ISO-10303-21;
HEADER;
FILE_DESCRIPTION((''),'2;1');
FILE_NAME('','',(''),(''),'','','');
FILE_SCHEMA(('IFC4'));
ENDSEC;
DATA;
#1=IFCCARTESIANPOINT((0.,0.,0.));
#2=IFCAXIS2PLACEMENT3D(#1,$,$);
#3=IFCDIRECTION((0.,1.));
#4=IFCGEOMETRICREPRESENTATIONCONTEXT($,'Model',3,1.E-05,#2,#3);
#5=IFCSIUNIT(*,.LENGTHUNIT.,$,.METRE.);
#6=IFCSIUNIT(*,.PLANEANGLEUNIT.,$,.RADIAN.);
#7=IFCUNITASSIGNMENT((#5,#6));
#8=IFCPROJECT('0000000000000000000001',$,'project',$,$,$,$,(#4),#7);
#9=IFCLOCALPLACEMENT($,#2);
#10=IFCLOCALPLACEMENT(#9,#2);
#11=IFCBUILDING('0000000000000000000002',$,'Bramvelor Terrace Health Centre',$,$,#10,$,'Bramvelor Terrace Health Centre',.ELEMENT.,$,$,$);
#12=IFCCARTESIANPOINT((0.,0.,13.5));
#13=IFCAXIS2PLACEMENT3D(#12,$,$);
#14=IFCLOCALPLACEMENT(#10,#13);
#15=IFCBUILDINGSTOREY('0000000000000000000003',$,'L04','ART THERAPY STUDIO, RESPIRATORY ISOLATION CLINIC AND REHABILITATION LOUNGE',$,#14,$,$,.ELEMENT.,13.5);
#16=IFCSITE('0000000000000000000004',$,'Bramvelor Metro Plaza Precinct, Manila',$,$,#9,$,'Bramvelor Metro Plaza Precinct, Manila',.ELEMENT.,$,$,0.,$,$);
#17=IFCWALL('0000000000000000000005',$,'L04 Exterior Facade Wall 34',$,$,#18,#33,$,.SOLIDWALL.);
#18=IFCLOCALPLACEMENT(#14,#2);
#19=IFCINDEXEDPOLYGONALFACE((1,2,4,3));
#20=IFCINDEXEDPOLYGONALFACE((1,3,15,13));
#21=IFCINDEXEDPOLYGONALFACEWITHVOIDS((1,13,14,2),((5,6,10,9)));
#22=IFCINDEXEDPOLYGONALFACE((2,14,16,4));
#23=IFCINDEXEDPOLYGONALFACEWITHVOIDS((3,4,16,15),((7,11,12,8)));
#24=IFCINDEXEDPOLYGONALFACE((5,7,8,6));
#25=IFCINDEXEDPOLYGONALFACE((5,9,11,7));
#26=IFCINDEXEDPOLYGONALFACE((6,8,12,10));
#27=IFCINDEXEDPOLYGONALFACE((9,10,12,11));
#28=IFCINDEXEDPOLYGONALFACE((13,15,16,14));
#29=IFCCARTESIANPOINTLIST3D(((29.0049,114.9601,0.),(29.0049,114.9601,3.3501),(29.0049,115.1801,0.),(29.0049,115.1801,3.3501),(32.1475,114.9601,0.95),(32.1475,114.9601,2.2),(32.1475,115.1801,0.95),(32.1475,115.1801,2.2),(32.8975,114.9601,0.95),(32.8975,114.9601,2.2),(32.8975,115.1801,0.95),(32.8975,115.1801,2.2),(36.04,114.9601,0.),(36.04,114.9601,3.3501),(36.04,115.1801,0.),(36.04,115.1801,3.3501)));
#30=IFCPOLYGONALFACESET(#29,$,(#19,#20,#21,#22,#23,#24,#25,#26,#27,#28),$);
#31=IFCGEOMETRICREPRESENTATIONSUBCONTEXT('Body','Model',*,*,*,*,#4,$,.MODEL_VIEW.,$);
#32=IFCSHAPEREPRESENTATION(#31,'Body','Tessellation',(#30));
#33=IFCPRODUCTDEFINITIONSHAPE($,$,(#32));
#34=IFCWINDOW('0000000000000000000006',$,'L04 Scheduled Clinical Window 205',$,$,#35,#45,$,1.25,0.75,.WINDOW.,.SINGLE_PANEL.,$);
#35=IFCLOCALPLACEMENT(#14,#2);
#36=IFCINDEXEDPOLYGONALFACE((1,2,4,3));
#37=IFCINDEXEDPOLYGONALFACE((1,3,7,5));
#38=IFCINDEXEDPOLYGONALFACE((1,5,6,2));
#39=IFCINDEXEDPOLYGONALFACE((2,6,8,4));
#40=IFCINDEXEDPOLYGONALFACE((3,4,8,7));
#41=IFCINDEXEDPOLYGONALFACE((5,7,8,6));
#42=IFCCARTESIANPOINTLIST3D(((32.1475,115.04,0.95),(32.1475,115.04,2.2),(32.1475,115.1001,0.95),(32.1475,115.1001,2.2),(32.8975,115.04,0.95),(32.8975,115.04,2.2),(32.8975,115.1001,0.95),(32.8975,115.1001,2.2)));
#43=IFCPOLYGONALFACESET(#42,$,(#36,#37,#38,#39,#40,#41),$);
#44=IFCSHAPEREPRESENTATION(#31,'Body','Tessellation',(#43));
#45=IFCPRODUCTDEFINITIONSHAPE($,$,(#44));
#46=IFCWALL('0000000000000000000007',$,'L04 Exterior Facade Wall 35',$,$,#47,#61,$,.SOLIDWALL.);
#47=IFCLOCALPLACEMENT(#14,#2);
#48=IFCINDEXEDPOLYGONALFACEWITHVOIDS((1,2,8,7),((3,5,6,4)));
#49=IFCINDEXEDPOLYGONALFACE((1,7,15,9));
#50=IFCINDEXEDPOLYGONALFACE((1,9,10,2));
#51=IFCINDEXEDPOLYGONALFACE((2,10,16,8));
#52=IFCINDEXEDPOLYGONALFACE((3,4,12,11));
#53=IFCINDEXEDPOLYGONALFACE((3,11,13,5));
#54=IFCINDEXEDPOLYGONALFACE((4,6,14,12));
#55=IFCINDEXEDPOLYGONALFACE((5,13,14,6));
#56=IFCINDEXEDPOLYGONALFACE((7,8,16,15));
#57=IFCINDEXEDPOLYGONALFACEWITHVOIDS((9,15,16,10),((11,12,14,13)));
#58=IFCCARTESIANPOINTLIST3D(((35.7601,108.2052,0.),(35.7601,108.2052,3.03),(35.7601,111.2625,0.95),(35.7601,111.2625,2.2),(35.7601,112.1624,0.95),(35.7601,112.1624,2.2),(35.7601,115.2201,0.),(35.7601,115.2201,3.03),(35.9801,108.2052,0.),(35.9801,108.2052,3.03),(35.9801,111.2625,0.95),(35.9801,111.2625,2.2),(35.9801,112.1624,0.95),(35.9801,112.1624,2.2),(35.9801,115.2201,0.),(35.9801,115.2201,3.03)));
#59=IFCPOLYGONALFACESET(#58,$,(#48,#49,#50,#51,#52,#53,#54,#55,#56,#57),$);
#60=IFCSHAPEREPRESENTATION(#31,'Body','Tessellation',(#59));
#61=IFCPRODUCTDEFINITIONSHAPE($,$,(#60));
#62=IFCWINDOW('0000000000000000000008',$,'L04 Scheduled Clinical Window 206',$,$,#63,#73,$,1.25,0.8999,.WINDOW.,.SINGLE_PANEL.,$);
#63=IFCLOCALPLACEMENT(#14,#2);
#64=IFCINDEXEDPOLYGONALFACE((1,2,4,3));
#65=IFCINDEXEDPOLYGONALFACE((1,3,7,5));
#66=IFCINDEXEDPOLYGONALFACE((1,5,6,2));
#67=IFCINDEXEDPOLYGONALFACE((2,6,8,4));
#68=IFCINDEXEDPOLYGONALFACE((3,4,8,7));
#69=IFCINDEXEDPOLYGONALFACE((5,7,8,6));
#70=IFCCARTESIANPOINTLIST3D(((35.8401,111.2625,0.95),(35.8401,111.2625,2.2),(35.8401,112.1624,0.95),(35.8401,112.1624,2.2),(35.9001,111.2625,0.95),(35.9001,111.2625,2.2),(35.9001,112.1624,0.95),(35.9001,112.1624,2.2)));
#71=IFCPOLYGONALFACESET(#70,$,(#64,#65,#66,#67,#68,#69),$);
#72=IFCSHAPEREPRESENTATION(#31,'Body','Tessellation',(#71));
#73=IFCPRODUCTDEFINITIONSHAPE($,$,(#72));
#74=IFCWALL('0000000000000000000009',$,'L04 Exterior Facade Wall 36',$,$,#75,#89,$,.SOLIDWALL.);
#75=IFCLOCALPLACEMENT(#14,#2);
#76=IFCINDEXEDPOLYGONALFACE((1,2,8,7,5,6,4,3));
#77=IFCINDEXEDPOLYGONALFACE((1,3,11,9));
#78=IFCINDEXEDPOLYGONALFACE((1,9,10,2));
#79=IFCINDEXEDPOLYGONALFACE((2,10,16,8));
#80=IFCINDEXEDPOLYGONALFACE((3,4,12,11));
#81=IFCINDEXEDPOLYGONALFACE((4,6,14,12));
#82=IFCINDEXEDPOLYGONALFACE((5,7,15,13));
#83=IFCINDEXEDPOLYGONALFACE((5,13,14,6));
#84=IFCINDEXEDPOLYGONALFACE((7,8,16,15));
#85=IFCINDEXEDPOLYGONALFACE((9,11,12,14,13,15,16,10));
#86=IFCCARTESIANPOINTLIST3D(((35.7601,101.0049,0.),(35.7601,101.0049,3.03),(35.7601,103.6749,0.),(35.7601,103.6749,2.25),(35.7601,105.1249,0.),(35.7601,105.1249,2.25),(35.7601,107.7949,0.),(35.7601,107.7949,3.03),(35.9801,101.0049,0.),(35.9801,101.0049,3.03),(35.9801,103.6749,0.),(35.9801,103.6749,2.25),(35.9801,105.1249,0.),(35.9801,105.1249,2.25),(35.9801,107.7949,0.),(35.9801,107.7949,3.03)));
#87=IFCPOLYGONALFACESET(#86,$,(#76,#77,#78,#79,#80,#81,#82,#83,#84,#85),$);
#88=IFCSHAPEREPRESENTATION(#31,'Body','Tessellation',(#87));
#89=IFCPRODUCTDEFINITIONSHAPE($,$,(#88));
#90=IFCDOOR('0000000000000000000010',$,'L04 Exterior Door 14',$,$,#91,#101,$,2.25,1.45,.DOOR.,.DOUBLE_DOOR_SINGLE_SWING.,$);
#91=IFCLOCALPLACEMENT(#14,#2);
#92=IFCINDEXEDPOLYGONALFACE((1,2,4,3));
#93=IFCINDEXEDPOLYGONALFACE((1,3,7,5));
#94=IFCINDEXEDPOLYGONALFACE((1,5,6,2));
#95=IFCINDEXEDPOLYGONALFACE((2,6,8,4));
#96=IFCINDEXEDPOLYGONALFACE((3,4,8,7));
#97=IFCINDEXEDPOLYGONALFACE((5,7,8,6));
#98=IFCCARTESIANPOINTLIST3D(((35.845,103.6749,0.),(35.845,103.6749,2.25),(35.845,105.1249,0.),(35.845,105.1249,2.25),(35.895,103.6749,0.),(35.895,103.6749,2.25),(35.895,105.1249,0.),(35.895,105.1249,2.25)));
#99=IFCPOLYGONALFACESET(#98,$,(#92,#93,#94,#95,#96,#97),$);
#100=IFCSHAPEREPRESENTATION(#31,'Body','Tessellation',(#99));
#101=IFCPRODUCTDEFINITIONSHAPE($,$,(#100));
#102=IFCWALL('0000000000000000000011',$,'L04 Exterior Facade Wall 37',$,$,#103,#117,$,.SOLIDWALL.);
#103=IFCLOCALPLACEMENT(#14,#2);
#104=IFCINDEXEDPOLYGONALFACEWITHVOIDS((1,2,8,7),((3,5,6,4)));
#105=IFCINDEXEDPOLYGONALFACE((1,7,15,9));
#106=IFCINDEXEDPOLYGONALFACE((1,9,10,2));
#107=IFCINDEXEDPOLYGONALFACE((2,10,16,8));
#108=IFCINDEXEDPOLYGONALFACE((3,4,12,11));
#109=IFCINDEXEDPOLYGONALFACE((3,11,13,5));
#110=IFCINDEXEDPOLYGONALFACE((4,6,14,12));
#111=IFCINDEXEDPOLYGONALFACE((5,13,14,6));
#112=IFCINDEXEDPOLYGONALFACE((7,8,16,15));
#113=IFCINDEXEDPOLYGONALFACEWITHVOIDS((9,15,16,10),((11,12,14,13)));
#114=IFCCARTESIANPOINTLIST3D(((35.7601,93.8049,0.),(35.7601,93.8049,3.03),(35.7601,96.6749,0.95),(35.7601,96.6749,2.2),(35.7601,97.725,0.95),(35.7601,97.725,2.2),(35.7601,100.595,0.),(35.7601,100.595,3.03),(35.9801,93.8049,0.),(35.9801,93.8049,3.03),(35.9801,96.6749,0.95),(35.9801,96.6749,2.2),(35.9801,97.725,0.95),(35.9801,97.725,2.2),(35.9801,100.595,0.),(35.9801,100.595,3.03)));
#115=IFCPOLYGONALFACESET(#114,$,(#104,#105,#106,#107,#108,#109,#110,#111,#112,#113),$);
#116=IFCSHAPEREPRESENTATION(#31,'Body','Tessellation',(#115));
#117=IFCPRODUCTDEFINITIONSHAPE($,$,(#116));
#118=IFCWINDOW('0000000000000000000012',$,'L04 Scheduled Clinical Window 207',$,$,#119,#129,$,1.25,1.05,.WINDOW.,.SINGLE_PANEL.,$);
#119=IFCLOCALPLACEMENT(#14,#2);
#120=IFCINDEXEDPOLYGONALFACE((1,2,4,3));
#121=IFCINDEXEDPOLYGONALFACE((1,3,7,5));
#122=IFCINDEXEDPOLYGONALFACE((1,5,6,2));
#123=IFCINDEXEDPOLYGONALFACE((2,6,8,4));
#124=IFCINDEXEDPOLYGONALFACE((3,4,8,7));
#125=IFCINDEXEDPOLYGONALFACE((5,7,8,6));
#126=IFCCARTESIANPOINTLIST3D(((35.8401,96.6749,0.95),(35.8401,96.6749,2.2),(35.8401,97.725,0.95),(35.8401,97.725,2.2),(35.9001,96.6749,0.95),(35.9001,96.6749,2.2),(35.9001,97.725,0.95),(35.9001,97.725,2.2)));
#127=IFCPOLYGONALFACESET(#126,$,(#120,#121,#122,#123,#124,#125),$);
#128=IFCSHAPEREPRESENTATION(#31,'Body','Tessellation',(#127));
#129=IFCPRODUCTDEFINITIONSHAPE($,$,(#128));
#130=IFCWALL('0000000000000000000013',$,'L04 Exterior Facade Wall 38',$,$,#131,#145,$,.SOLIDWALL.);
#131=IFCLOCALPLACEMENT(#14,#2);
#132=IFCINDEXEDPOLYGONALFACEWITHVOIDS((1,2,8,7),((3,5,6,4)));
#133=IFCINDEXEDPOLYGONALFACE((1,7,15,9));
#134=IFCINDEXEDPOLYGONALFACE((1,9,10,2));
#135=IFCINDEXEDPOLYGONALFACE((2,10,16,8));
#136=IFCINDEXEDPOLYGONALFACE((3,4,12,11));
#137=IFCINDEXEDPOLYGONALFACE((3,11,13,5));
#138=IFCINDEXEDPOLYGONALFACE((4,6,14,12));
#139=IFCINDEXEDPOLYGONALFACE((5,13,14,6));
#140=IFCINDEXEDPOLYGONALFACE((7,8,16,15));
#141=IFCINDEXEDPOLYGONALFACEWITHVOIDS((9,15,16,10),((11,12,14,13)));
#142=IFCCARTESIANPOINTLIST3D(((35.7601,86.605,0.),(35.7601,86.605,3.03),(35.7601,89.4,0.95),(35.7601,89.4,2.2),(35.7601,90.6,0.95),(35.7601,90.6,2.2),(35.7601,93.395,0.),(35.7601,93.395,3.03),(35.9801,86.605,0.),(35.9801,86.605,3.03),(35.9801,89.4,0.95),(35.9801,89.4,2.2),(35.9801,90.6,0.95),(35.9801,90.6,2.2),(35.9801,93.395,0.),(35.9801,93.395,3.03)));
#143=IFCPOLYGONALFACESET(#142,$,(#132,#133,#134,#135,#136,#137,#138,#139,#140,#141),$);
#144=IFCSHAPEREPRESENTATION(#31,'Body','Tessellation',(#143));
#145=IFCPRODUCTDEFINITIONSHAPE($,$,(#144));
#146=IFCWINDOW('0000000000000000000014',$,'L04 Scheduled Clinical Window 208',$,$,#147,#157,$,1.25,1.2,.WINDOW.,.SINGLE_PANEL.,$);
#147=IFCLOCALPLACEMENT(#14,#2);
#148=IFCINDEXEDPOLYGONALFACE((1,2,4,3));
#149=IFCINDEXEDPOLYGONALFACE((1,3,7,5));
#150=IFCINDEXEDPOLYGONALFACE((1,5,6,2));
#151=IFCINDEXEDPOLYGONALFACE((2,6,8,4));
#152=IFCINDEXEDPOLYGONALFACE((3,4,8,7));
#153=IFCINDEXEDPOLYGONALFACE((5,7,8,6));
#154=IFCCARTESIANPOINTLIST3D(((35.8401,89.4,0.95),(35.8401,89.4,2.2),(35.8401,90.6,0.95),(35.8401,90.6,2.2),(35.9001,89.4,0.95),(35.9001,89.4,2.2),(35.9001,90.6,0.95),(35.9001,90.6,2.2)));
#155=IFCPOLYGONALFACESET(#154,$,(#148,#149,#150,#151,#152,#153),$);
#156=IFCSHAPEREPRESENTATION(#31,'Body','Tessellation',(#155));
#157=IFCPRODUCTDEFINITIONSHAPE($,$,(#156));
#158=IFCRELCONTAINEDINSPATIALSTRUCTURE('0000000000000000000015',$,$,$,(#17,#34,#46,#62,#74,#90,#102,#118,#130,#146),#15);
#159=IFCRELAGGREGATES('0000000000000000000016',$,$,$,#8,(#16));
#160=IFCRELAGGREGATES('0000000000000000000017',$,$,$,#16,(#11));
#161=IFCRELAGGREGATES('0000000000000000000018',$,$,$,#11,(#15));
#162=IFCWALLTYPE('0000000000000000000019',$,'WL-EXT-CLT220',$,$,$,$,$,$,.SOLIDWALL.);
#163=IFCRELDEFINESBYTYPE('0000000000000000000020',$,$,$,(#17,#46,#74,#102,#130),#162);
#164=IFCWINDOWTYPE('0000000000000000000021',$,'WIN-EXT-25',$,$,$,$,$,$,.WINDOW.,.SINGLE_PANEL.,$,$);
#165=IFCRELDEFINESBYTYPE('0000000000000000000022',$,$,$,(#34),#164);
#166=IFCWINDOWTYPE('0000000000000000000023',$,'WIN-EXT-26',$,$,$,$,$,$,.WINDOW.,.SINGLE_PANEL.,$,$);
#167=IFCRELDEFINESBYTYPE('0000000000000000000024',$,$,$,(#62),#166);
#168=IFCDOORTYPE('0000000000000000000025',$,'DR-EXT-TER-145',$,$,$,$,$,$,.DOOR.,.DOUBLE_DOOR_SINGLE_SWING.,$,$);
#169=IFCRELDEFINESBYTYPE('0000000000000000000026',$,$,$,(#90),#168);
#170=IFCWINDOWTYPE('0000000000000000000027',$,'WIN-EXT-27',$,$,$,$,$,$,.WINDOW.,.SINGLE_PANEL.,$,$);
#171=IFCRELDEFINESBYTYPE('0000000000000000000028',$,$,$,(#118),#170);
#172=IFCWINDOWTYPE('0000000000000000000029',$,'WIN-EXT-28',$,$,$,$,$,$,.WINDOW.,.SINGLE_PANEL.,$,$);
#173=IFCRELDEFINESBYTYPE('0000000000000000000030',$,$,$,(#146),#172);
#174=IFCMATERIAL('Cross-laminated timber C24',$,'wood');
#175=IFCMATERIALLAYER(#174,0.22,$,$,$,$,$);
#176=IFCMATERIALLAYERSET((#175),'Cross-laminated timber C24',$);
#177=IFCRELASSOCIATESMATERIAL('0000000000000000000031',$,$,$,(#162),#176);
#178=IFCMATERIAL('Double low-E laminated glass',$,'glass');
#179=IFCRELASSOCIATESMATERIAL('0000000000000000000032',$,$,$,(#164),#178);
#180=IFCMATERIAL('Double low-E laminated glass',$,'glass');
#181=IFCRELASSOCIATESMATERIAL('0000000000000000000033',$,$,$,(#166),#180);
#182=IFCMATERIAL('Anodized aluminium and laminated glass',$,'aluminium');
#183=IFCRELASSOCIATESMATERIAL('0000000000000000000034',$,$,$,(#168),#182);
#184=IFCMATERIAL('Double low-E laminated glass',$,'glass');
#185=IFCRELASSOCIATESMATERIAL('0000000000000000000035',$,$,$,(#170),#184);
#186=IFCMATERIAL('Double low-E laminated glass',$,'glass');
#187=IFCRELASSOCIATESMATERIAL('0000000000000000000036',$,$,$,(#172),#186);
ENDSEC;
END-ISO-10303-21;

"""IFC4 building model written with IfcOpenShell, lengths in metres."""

from ifc_helpers import new_model, si_unit, direction, frame, frame_2d, origin, place, context, subcontext, project, spatial, rectangle, extrude, material, layer, layer_set, type_object, element, fill, save


model = new_model("IFC4")

# Units and contexts
model_context = context("Model", 3, precision=1e-05, world=origin(), true_north=direction((0.0, 1.0)))
body_context = subcontext(model_context, "Body", "Model", "MODEL_VIEW")
ifc_project = project(units=[si_unit("LENGTHUNIT", "METRE"), si_unit("PLANEANGLEUNIT", "RADIAN")], contexts=[model_context])

# Site, building, storey
site_placement = place(None, origin())
site = spatial("IfcSite", under=ifc_project, at=site_placement, Name="Bramvelor Metro Plaza Precinct, Manila", LongName="Bramvelor Metro Plaza Precinct, Manila", CompositionType="ELEMENT", RefElevation=0.0)
building_placement = place(site_placement, origin())
building = spatial("IfcBuilding", under=site, at=building_placement, Name="Bramvelor Terrace Health Centre", LongName="Bramvelor Terrace Health Centre", CompositionType="ELEMENT")
storey_placement = place(building_placement, frame((0.0, 0.0, 13.5)))
storey = spatial("IfcBuildingStorey", under=building, at=storey_placement, Name="L04", Description="ART THERAPY STUDIO, RESPIRATORY ISOLATION CLINIC AND REHABILITATION LOUNGE", CompositionType="ELEMENT", Elevation=13.5)

# Walls, openings, windows
ifc_material_1 = material(Name="Cross-laminated timber C24", Category="wood")
ifc_layer_1 = layer(ifc_material_1, 0.22)
ifc_layer_set_1 = layer_set([ifc_layer_1], Name="Cross-laminated timber C24")
wall_type_1 = type_object("IfcWallType", Name="WL-EXT-CLT220", PredefinedType="SOLIDWALL", material=ifc_layer_set_1)
wall_1_placement = place(storey_placement, frame((29.0049, 115.0701, 0.0), z_axis=(0.0, 0.0, 1.0), x_axis=(1.0, 0.0, 0.0)))
wall_1 = element("IfcWall", 1, at=wall_1_placement, inside=storey, type_object=wall_type_1, Name="L04 Exterior Facade Wall 34", PredefinedType="SOLIDWALL", context=body_context, shape_type="SweptSolid", body=[
    extrude(rectangle(XDim=7.0352, YDim=0.22, at=frame_2d((3.5176, 0.0))), origin(), (0.0, 0.0, 1.0), 3.3501),
])
opening_1_placement = place(wall_1_placement, frame((3.1426, 0.0, 0.95)))
opening_1 = element("IfcOpeningElement", 2, at=opening_1_placement, cuts=wall_1, PredefinedType="OPENING", context=body_context, shape_type="SweptSolid", body=[
    extrude(rectangle(XDim=0.75, YDim=1.25, at=frame_2d((0.375, 0.625))), frame((0.0, 0.1199, 0.0), z_axis=(0.0, -1.0, 0.0), x_axis=(1.0, 0.0, 0.0)), (0.0, 0.0, 1.0), 0.24),
])
ifc_material_2 = material(Name="Double low-E laminated glass", Category="glass")
window_type_1 = type_object("IfcWindowType", Name="WIN-EXT-25", PartitioningType="SINGLE_PANEL", PredefinedType="WINDOW", material=ifc_material_2)
window_1_placement = place(opening_1_placement, origin())
window_1 = element("IfcWindow", 3, at=window_1_placement, inside=storey, type_object=window_type_1, Name="L04 Scheduled Clinical Window 205", OverallHeight=1.25, OverallWidth=0.75, PartitioningType="SINGLE_PANEL", PredefinedType="WINDOW", context=body_context, shape_type="SweptSolid", body=[
    extrude(rectangle(XDim=0.75, YDim=1.25, at=frame_2d((0.375, 0.625))), frame((0.0, 0.03, 0.0), z_axis=(0.0, -1.0, 0.0), x_axis=(1.0, 0.0, 0.0)), (0.0, 0.0, 1.0), 0.0601),
])
fill(opening_1, window_1)
wall_2_placement = place(storey_placement, frame((35.8701, 115.22, 0.0), z_axis=(0.0, 0.0, 1.0), x_axis=(0.0, -1.0, 0.0)))
wall_2 = element("IfcWall", 4, at=wall_2_placement, inside=storey, type_object=wall_type_1, Name="L04 Exterior Facade Wall 35", PredefinedType="SOLIDWALL", context=body_context, shape_type="SweptSolid", body=[
    extrude(rectangle(XDim=7.0149, YDim=0.22, at=frame_2d((3.5073, 0.0))), origin(), (0.0, 0.0, 1.0), 3.03),
])
opening_2_placement = place(wall_2_placement, frame((3.0576, 0.0, 0.95)))
opening_2 = element("IfcOpeningElement", 5, at=opening_2_placement, cuts=wall_2, PredefinedType="OPENING", context=body_context, shape_type="SweptSolid", body=[
    extrude(rectangle(XDim=0.8999, YDim=1.25, at=frame_2d((0.45, 0.625))), frame((0.0, 0.1199, 0.0), z_axis=(0.0, -1.0, 0.0), x_axis=(1.0, 0.0, 0.0)), (0.0, 0.0, 1.0), 0.24),
])
ifc_material_3 = material(Name="Double low-E laminated glass", Category="glass")
window_type_2 = type_object("IfcWindowType", Name="WIN-EXT-26", PartitioningType="SINGLE_PANEL", PredefinedType="WINDOW", material=ifc_material_3)
window_2_placement = place(opening_2_placement, origin())
window_2 = element("IfcWindow", 6, at=window_2_placement, inside=storey, type_object=window_type_2, Name="L04 Scheduled Clinical Window 206", OverallHeight=1.25, OverallWidth=0.8999, PartitioningType="SINGLE_PANEL", PredefinedType="WINDOW", context=body_context, shape_type="SweptSolid", body=[
    extrude(rectangle(XDim=0.8999, YDim=1.25, at=frame_2d((0.45, 0.625))), frame((0.0, 0.03, 0.0), z_axis=(0.0, -1.0, 0.0), x_axis=(1.0, 0.0, 0.0)), (0.0, 0.0, 1.0), 0.0601),
])
fill(opening_2, window_2)

# Wall, opening, door
wall_3_placement = place(storey_placement, frame((35.8701, 107.7949, 0.0), z_axis=(0.0, 0.0, 1.0), x_axis=(0.0, -1.0, 0.0)))
wall_3 = element("IfcWall", 7, at=wall_3_placement, inside=storey, type_object=wall_type_1, Name="L04 Exterior Facade Wall 36", PredefinedType="SOLIDWALL", context=body_context, shape_type="SweptSolid", body=[
    extrude(rectangle(XDim=6.79, YDim=0.22, at=frame_2d((3.395, 0.0))), origin(), (0.0, 0.0, 1.0), 3.03),
])
opening_3_placement = place(wall_3_placement, frame((2.6699, 0.0, 0.0)))
opening_3 = element("IfcOpeningElement", 8, at=opening_3_placement, cuts=wall_3, PredefinedType="OPENING", context=body_context, shape_type="SweptSolid", body=[
    extrude(rectangle(XDim=1.45, YDim=2.25, at=frame_2d((0.7251, 1.125))), frame((0.0, 0.1199, 0.0), z_axis=(0.0, -1.0, 0.0), x_axis=(1.0, 0.0, 0.0)), (0.0, 0.0, 1.0), 0.24),
])
ifc_material_4 = material(Name="Anodized aluminium and laminated glass", Category="aluminium")
door_type_1 = type_object("IfcDoorType", Name="DR-EXT-TER-145", OperationType="DOUBLE_DOOR_SINGLE_SWING", PredefinedType="DOOR", material=ifc_material_4)
door_1_placement = place(opening_3_placement, origin())
door_1 = element("IfcDoor", 9, at=door_1_placement, inside=storey, type_object=door_type_1, Name="L04 Exterior Door 14", OperationType="DOUBLE_DOOR_SINGLE_SWING", OverallHeight=2.25, OverallWidth=1.45, PredefinedType="DOOR", context=body_context, shape_type="SweptSolid", body=[
    extrude(rectangle(XDim=1.45, YDim=2.25, at=frame_2d((0.7251, 1.125))), frame((0.0, 0.0249, 0.0), z_axis=(0.0, -1.0, 0.0), x_axis=(1.0, 0.0, 0.0)), (0.0, 0.0, 1.0), 0.05),
])
fill(opening_3, door_1)

# Walls, openings, windows
wall_4_placement = place(storey_placement, frame((35.8701, 100.595, 0.0), z_axis=(0.0, 0.0, 1.0), x_axis=(0.0, -1.0, 0.0)))
wall_4 = element("IfcWall", 10, at=wall_4_placement, inside=storey, type_object=wall_type_1, Name="L04 Exterior Facade Wall 37", PredefinedType="SOLIDWALL", context=body_context, shape_type="SweptSolid", body=[
    extrude(rectangle(XDim=6.79, YDim=0.22, at=frame_2d((3.395, 0.0))), origin(), (0.0, 0.0, 1.0), 3.03),
])
opening_4_placement = place(wall_4_placement, frame((2.8701, 0.0, 0.95)))
opening_4 = element("IfcOpeningElement", 11, at=opening_4_placement, cuts=wall_4, PredefinedType="OPENING", context=body_context, shape_type="SweptSolid", body=[
    extrude(rectangle(XDim=1.05, YDim=1.25, at=frame_2d((0.5249, 0.625))), frame((0.0, 0.1199, 0.0), z_axis=(0.0, -1.0, 0.0), x_axis=(1.0, 0.0, 0.0)), (0.0, 0.0, 1.0), 0.24),
])
ifc_material_5 = material(Name="Double low-E laminated glass", Category="glass")
window_type_3 = type_object("IfcWindowType", Name="WIN-EXT-27", PartitioningType="SINGLE_PANEL", PredefinedType="WINDOW", material=ifc_material_5)
window_3_placement = place(opening_4_placement, origin())
window_3 = element("IfcWindow", 12, at=window_3_placement, inside=storey, type_object=window_type_3, Name="L04 Scheduled Clinical Window 207", OverallHeight=1.25, OverallWidth=1.05, PartitioningType="SINGLE_PANEL", PredefinedType="WINDOW", context=body_context, shape_type="SweptSolid", body=[
    extrude(rectangle(XDim=1.05, YDim=1.25, at=frame_2d((0.5249, 0.625))), frame((0.0, 0.03, 0.0), z_axis=(0.0, -1.0, 0.0), x_axis=(1.0, 0.0, 0.0)), (0.0, 0.0, 1.0), 0.0601),
])
fill(opening_4, window_3)
wall_5_placement = place(storey_placement, frame((35.8701, 93.395, 0.0), z_axis=(0.0, 0.0, 1.0), x_axis=(0.0, -1.0, 0.0)))
wall_5 = element("IfcWall", 13, at=wall_5_placement, inside=storey, type_object=wall_type_1, Name="L04 Exterior Facade Wall 38", PredefinedType="SOLIDWALL", context=body_context, shape_type="SweptSolid", body=[
    extrude(rectangle(XDim=6.79, YDim=0.22, at=frame_2d((3.395, 0.0))), origin(), (0.0, 0.0, 1.0), 3.03),
])
opening_5_placement = place(wall_5_placement, frame((2.7949, 0.0, 0.95)))
opening_5 = element("IfcOpeningElement", 14, at=opening_5_placement, cuts=wall_5, PredefinedType="OPENING", context=body_context, shape_type="SweptSolid", body=[
    extrude(rectangle(XDim=1.2, YDim=1.25, at=frame_2d((0.6001, 0.625))), frame((0.0, 0.1199, 0.0), z_axis=(0.0, -1.0, 0.0), x_axis=(1.0, 0.0, 0.0)), (0.0, 0.0, 1.0), 0.24),
])
ifc_material_6 = material(Name="Double low-E laminated glass", Category="glass")
window_type_4 = type_object("IfcWindowType", Name="WIN-EXT-28", PartitioningType="SINGLE_PANEL", PredefinedType="WINDOW", material=ifc_material_6)
window_4_placement = place(opening_5_placement, origin())
window_4 = element("IfcWindow", 15, at=window_4_placement, inside=storey, type_object=window_type_4, Name="L04 Scheduled Clinical Window 208", OverallHeight=1.25, OverallWidth=1.2, PartitioningType="SINGLE_PANEL", PredefinedType="WINDOW", context=body_context, shape_type="SweptSolid", body=[
    extrude(rectangle(XDim=1.2, YDim=1.25, at=frame_2d((0.6001, 0.625))), frame((0.0, 0.03, 0.0), z_axis=(0.0, -1.0, 0.0), x_axis=(1.0, 0.0, 0.0)), (0.0, 0.0, 1.0), 0.0601),
])
fill(opening_5, window_4)

save(model, "model.ifc")
